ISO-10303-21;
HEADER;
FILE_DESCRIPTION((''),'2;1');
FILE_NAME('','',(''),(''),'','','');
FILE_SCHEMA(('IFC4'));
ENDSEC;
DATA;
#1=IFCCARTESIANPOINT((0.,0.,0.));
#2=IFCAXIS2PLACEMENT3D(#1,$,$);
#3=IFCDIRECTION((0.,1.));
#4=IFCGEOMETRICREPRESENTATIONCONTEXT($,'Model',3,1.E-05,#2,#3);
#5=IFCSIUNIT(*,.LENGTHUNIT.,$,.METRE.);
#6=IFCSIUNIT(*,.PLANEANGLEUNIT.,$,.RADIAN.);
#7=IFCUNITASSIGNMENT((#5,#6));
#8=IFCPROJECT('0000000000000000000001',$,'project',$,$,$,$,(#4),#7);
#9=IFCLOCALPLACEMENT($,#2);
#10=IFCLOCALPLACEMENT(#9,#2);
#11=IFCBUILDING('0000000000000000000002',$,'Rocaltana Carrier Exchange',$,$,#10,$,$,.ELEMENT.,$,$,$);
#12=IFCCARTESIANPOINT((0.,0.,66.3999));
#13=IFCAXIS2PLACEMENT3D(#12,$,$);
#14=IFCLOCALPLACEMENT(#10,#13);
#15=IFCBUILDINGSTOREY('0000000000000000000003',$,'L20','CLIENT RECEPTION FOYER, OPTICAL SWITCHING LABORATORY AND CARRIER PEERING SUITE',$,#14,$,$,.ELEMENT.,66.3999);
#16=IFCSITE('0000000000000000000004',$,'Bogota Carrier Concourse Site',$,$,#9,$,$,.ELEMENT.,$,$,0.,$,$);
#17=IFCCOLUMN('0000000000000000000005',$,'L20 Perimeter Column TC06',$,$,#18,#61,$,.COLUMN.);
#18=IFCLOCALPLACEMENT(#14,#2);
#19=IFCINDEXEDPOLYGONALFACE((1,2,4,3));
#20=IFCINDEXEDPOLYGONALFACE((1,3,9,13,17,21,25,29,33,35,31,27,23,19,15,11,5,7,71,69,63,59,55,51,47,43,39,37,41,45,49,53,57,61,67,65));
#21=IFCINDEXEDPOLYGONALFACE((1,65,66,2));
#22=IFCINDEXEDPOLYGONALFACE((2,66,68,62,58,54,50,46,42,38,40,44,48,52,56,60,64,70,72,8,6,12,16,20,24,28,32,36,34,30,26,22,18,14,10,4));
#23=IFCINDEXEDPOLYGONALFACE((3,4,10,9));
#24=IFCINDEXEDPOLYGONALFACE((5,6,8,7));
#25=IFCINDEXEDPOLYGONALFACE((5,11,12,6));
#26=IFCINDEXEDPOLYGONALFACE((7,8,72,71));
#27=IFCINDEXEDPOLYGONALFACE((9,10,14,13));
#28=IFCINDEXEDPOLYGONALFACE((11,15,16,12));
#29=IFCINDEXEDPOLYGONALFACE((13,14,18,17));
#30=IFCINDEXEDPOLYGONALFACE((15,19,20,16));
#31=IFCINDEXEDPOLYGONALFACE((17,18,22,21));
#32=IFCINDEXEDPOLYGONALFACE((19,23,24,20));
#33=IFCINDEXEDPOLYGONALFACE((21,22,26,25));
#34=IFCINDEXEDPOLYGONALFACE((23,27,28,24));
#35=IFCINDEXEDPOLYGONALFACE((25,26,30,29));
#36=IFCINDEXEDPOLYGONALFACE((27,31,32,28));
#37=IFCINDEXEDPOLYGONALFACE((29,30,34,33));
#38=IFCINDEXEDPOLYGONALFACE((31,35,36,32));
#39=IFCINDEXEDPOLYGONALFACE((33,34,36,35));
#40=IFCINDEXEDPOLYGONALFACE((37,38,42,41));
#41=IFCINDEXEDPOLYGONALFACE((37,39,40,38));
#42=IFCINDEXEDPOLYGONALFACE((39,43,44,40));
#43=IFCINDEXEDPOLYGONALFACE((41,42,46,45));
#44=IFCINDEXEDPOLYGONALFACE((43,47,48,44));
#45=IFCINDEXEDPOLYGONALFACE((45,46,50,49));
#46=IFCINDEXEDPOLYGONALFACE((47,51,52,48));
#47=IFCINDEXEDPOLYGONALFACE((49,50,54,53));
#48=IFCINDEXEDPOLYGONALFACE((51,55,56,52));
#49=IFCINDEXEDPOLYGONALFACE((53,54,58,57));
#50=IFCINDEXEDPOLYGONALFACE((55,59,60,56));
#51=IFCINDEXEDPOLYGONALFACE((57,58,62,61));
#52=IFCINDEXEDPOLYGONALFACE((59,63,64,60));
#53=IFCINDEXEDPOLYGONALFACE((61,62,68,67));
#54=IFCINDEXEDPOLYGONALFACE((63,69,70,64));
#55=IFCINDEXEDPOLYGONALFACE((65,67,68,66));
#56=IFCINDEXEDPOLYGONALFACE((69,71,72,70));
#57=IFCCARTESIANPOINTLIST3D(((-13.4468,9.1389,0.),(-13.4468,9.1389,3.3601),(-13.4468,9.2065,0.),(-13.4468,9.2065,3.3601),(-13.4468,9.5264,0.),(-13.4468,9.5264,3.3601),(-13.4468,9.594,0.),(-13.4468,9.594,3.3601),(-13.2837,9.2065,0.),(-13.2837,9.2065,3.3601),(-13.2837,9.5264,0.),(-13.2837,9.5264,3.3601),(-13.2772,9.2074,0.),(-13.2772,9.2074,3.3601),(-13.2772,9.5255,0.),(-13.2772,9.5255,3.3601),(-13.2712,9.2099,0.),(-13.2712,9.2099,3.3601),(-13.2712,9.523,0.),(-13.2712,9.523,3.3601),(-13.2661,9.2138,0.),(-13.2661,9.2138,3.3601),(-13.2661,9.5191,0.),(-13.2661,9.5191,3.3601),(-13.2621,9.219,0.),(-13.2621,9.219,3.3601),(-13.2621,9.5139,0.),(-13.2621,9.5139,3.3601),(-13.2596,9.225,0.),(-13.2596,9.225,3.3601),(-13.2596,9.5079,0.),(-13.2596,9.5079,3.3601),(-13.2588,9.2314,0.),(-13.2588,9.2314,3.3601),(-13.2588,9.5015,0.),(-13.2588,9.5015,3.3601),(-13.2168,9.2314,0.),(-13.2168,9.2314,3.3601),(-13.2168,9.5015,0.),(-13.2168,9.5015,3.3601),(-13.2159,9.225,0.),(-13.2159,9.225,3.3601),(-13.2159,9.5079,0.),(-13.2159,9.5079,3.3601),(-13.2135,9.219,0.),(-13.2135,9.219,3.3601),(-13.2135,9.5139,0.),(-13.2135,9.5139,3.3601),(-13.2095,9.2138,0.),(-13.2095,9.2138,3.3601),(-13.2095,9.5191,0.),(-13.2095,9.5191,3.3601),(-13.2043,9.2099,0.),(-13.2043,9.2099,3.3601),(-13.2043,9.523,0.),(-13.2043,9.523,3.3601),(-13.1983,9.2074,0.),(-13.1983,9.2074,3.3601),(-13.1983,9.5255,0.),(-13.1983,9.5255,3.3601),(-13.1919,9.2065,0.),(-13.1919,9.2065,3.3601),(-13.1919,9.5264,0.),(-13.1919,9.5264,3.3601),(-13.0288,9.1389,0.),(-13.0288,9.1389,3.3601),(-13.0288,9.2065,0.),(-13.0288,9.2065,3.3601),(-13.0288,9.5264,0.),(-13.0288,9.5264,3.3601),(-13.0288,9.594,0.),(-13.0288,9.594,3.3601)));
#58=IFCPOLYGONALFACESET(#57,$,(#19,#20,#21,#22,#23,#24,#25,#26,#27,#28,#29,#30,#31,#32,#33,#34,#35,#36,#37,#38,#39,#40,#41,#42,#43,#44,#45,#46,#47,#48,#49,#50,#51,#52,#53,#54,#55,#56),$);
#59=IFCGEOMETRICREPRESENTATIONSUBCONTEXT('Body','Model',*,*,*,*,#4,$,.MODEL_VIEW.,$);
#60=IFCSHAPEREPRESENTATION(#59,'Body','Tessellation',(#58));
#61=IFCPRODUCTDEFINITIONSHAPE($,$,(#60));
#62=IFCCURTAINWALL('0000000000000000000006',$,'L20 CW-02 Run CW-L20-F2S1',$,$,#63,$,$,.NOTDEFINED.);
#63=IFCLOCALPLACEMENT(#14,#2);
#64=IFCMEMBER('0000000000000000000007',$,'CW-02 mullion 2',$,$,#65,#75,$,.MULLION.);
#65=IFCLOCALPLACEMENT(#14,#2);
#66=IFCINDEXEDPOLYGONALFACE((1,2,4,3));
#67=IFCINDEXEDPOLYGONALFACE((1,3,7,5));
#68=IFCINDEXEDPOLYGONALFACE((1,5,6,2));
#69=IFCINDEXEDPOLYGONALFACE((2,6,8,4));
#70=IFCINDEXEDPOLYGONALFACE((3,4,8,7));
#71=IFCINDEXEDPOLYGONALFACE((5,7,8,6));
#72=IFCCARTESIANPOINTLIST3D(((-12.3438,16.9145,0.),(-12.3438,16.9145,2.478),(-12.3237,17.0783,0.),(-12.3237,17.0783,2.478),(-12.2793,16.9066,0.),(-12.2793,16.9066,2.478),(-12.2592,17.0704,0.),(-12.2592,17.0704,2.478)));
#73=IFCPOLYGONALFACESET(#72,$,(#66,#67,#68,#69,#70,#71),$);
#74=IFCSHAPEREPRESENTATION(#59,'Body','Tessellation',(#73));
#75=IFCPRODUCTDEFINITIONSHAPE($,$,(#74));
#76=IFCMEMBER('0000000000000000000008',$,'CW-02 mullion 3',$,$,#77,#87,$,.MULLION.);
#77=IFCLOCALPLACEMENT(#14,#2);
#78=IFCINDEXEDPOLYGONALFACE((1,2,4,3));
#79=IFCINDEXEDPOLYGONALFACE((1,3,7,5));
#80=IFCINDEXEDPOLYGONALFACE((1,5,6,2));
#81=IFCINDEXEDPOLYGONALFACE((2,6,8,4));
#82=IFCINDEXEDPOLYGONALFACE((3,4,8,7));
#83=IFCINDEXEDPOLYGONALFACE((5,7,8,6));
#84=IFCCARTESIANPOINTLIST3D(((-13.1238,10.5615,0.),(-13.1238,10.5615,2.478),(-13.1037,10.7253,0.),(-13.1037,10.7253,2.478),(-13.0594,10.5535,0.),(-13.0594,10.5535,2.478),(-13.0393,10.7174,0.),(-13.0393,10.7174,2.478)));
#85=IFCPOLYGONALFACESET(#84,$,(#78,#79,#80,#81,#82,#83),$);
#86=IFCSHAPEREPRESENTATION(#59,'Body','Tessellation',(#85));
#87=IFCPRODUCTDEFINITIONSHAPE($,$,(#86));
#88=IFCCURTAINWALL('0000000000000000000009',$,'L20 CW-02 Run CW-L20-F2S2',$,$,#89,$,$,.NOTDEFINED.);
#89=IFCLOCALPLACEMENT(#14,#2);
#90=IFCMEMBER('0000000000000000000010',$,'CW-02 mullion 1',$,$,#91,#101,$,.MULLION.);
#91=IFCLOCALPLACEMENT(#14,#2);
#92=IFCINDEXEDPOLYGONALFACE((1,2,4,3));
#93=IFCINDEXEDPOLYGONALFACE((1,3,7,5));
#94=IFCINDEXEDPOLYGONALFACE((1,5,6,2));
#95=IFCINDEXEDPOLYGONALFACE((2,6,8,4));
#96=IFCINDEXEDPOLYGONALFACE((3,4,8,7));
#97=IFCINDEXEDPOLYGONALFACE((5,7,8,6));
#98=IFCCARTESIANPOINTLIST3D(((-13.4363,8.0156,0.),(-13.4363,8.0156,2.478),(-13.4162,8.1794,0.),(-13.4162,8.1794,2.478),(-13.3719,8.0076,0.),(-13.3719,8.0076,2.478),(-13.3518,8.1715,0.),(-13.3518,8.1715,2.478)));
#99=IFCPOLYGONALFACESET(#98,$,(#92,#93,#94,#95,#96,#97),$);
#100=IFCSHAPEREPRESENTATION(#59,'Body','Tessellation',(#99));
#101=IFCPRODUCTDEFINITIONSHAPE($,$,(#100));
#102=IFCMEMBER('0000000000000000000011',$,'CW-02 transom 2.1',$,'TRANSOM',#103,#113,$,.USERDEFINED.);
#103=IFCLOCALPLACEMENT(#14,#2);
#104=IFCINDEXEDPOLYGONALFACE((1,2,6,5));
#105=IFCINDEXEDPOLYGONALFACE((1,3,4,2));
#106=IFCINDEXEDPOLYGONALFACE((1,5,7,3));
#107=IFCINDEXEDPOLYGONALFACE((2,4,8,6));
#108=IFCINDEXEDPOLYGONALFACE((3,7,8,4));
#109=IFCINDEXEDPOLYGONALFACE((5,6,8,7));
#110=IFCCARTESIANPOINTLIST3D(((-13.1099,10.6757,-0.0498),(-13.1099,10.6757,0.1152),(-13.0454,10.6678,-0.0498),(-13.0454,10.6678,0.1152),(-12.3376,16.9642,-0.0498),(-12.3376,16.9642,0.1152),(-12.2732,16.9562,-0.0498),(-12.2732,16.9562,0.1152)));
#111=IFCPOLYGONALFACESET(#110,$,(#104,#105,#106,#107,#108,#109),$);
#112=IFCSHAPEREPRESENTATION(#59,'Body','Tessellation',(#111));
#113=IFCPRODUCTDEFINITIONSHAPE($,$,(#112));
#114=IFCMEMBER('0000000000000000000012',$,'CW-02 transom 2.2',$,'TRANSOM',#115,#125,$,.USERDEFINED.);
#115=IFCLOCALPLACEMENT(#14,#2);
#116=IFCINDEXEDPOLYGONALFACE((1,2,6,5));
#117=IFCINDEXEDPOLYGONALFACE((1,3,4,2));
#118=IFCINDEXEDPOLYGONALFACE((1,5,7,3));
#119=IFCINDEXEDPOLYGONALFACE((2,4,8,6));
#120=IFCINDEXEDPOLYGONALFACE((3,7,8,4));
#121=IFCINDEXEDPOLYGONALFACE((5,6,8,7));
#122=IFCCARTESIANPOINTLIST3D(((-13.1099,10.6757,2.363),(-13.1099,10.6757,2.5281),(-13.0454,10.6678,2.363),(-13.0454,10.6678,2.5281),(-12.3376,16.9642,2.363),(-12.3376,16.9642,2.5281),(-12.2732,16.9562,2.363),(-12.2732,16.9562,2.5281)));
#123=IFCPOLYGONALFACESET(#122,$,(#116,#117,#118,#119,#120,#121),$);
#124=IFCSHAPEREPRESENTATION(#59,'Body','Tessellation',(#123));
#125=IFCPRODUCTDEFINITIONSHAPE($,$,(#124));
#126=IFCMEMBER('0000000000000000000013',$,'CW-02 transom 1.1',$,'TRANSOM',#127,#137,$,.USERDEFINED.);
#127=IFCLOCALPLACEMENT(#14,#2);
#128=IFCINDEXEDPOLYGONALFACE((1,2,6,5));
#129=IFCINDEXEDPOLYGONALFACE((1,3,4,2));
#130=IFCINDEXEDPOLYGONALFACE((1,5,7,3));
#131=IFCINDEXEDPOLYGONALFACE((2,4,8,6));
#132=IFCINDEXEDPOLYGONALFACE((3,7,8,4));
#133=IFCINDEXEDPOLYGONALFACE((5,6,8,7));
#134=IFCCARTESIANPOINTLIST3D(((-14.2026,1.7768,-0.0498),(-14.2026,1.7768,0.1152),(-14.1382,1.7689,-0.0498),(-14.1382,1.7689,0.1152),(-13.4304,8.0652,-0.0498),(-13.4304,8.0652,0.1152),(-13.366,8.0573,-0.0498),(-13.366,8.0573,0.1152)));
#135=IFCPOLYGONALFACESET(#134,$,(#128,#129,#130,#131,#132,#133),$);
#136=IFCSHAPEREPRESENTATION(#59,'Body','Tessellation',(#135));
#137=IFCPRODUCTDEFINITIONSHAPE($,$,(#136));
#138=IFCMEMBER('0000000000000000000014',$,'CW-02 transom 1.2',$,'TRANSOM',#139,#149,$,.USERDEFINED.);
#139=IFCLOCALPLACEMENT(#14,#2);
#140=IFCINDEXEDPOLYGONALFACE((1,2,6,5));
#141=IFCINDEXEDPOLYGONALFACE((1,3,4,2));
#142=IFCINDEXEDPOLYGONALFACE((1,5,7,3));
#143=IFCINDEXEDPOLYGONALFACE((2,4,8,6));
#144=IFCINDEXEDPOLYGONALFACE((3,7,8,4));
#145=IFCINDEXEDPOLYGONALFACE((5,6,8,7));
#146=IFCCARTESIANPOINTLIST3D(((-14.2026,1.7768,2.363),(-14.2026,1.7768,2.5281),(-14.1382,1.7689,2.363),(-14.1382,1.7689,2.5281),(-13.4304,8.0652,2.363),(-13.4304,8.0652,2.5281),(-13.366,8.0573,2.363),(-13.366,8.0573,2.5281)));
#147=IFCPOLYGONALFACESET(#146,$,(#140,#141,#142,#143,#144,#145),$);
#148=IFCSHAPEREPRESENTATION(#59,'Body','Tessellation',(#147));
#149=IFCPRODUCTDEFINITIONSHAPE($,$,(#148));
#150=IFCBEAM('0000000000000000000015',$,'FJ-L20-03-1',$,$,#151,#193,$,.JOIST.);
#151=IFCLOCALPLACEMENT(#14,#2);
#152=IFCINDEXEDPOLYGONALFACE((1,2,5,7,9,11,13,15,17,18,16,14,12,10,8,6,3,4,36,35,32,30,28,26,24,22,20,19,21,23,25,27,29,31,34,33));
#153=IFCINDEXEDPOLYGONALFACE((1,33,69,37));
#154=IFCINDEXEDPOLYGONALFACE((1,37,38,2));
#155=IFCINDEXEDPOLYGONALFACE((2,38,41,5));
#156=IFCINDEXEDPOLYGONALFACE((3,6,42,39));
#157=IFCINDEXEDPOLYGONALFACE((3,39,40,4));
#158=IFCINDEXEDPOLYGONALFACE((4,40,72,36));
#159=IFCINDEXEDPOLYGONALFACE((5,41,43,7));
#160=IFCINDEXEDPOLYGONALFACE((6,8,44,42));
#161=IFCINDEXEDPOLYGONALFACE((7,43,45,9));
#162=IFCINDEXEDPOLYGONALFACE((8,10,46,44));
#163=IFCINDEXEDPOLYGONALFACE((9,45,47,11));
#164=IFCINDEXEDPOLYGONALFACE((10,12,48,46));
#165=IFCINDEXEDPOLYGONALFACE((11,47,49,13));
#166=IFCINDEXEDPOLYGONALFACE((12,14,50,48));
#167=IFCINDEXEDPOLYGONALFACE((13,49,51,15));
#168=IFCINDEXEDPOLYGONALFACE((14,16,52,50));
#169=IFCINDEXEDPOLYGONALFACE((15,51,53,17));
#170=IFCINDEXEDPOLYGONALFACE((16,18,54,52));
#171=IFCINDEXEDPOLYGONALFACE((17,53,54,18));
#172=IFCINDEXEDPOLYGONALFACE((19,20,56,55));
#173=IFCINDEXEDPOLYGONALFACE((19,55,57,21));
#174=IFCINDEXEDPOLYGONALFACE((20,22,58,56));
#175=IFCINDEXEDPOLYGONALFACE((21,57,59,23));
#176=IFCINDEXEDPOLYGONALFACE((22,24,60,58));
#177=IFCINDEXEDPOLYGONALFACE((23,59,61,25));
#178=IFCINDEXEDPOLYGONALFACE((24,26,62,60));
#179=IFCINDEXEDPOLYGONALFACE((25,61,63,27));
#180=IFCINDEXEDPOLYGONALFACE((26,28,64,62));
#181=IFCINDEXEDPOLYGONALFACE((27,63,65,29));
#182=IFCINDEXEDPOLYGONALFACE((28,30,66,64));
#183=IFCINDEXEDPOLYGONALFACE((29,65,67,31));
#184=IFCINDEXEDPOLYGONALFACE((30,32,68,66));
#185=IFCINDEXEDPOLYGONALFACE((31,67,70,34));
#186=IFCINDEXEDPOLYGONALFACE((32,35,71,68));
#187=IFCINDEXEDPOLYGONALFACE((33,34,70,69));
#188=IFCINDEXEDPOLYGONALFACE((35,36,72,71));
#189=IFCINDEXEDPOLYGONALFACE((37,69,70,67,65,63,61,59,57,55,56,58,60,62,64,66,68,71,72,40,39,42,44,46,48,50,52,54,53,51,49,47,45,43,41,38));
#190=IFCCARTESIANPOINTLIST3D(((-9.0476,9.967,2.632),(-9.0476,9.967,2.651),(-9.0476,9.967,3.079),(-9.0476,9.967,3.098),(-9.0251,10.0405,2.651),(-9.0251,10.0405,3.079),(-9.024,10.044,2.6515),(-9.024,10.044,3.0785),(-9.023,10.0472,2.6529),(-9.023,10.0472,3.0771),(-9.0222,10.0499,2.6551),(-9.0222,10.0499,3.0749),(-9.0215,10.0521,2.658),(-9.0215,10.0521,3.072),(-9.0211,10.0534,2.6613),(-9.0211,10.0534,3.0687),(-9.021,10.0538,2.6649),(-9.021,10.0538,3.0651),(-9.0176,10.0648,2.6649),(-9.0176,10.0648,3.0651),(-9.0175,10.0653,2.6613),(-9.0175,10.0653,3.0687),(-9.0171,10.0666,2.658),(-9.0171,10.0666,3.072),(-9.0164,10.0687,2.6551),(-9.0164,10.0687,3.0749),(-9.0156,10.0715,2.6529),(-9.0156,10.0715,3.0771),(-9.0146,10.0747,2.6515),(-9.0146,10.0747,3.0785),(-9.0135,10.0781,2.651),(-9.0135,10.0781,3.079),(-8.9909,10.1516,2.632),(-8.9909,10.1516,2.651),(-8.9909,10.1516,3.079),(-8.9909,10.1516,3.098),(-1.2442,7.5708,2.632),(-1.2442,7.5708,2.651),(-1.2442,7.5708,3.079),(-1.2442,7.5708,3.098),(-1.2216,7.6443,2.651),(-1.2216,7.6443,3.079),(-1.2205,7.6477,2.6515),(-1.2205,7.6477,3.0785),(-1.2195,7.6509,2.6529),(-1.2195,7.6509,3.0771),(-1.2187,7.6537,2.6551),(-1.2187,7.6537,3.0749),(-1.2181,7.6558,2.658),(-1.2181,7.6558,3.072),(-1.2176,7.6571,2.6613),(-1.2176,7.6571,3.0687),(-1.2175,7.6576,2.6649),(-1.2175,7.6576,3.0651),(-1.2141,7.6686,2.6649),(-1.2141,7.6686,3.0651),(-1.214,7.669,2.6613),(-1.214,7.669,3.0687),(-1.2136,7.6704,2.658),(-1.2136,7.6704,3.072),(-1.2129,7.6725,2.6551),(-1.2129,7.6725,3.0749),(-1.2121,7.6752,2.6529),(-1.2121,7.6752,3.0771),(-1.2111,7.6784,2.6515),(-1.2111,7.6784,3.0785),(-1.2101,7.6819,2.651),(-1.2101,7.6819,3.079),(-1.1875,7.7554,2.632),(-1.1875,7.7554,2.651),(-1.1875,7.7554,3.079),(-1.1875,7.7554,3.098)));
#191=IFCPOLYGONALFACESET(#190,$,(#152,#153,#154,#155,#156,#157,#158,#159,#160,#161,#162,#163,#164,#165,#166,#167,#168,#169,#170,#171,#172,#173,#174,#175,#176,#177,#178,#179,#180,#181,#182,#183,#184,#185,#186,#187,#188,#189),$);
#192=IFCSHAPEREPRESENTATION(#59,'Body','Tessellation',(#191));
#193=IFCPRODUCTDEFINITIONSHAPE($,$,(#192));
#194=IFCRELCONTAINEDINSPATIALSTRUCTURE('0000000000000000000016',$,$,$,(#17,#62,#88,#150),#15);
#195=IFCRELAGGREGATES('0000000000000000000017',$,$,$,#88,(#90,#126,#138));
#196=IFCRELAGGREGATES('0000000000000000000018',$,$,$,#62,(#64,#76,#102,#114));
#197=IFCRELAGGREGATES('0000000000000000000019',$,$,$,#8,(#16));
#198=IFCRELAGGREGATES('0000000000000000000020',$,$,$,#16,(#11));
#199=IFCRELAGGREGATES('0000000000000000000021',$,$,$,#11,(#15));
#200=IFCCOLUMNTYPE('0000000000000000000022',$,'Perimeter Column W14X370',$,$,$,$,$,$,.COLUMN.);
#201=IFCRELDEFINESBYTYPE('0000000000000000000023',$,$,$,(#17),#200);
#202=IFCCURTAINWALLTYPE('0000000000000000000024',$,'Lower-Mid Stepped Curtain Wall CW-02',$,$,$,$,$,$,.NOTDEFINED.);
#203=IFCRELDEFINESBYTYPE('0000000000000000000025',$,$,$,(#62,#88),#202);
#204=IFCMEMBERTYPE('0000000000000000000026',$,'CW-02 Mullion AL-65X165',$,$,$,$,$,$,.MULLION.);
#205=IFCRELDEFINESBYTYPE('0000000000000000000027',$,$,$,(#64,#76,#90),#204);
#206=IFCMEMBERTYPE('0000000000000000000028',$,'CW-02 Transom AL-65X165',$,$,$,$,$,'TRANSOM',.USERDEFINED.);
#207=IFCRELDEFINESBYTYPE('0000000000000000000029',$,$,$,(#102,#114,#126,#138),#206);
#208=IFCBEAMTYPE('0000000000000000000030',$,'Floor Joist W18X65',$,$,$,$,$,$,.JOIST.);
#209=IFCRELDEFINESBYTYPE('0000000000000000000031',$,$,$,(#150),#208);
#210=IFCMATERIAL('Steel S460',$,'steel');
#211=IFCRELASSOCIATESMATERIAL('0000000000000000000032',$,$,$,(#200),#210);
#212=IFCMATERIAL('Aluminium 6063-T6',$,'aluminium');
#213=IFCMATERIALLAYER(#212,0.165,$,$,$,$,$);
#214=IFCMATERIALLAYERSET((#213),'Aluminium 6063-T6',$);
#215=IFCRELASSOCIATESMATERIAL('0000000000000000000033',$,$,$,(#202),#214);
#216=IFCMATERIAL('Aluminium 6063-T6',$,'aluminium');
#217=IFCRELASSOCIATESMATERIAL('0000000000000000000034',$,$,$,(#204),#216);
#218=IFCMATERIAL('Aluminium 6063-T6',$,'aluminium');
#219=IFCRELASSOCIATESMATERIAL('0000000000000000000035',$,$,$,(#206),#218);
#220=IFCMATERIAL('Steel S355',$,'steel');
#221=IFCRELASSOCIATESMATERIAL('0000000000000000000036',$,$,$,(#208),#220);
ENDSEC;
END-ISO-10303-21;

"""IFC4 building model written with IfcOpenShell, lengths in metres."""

from ifc_helpers import new_model, si_unit, direction, frame, origin, origin_2d, place, context, subcontext, project, spatial, rectangle, i_section, extrude, material, layer, layer_set, material_profile, profile_set, type_object, element, aggregate, save


model = new_model("IFC4")

# Units and contexts
model_context = context("Model", 3, precision=1e-05, world=origin(), true_north=direction((0.0, 1.0)))
body_context = subcontext(model_context, "Body", "Model", "MODEL_VIEW")
ifc_project = project(units=[si_unit("LENGTHUNIT", "METRE"), si_unit("PLANEANGLEUNIT", "RADIAN")], contexts=[model_context])

# Site, building, storey
site_placement = place(None, origin())
site = spatial("IfcSite", under=ifc_project, at=site_placement, Name="Bogota Carrier Concourse Site", CompositionType="ELEMENT", RefElevation=0.0)
building_placement = place(site_placement, origin())
building = spatial("IfcBuilding", under=site, at=building_placement, Name="Rocaltana Carrier Exchange", CompositionType="ELEMENT")
storey_placement = place(building_placement, frame((0.0, 0.0, 66.3999)))
storey = spatial("IfcBuildingStorey", under=building, at=storey_placement, Name="L20", Description="CLIENT RECEPTION FOYER, OPTICAL SWITCHING LABORATORY AND CARRIER PEERING SUITE", CompositionType="ELEMENT", Elevation=66.3999)

# Column
ifc_material_1 = material(Name="Steel S460", Category="steel")
ifc_material_profile_1 = material_profile(ifc_material_1, i_section(OverallWidth=0.418, OverallDepth=0.4551, WebThickness=0.042, FlangeThickness=0.0676, FilletRadius=0.0249, at=origin_2d()), Name="W14X370")
ifc_profile_set_1 = profile_set([ifc_material_profile_1], Name="Steel S460")
column_type = type_object("IfcColumnType", Name="Perimeter Column W14X370", PredefinedType="COLUMN", material=ifc_profile_set_1)
column_placement = place(storey_placement, frame((-13.2378, 9.3665, 0.0), z_axis=(0.0, 0.0, 1.0), x_axis=(1.0, 0.0, 0.0)))
element("IfcColumn", 1, at=column_placement, inside=storey, type_object=column_type, Name="L20 Perimeter Column TC06", PredefinedType="COLUMN", context=body_context, shape_type="SweptSolid", body=[
    extrude(i_section(OverallWidth=0.418, OverallDepth=0.4551, WebThickness=0.042, FlangeThickness=0.0676, FilletRadius=0.0249, at=origin_2d()), origin(), (0.0, 0.0, 1.0), 3.3601),
])

# Curtain wall, members
ifc_material_2 = material(Name="Aluminium 6063-T6", Category="aluminium")
ifc_layer_1 = layer(ifc_material_2, 0.165)
ifc_layer_set_1 = layer_set([ifc_layer_1], Name="Aluminium 6063-T6")
curtain_wall_type = type_object("IfcCurtainWallType", Name="Lower-Mid Stepped Curtain Wall CW-02", PredefinedType="NOTDEFINED", material=ifc_layer_set_1)
curtain_wall_1_placement = place(storey_placement, origin())
curtain_wall_1 = element("IfcCurtainWall", 2, at=curtain_wall_1_placement, inside=storey, type_object=curtain_wall_type, Name="L20 CW-02 Run CW-L20-F2S1", PredefinedType="NOTDEFINED")
ifc_material_3 = material(Name="Aluminium 6063-T6", Category="aluminium")
ifc_material_profile_2 = material_profile(ifc_material_3, rectangle(XDim=0.0649, YDim=0.165, at=origin_2d()), Name="AL-65X165")
ifc_profile_set_2 = profile_set([ifc_material_profile_2], Name="Aluminium 6063-T6")
member_type_1 = type_object("IfcMemberType", Name="CW-02 Mullion AL-65X165", PredefinedType="MULLION", material=ifc_profile_set_2)
member_1_placement = place(storey_placement, frame((-12.3015, 16.9924, 0.0), z_axis=(0.0, 0.0, 1.0), x_axis=(0.992546, -0.121873, 0.0)))
member_1 = element("IfcMember", 3, at=member_1_placement, type_object=member_type_1, Name="CW-02 mullion 2", PredefinedType="MULLION", context=body_context, shape_type="SweptSolid", body=[
    extrude(rectangle(XDim=0.0649, YDim=0.165, at=origin_2d()), origin(), (0.0, 0.0, 1.0), 2.478),
])
member_2_placement = place(storey_placement, frame((-13.0815, 10.6394, 0.0), z_axis=(0.0, 0.0, 1.0), x_axis=(0.992546, -0.121873, 0.0)))
member_2 = element("IfcMember", 4, at=member_2_placement, type_object=member_type_1, Name="CW-02 mullion 3", PredefinedType="MULLION", context=body_context, shape_type="SweptSolid", body=[
    extrude(rectangle(XDim=0.0649, YDim=0.165, at=origin_2d()), origin(), (0.0, 0.0, 1.0), 2.478),
])

# Curtain wall, member
curtain_wall_2_placement = place(storey_placement, origin())
curtain_wall_2 = element("IfcCurtainWall", 5, at=curtain_wall_2_placement, inside=storey, type_object=curtain_wall_type, Name="L20 CW-02 Run CW-L20-F2S2", PredefinedType="NOTDEFINED")
member_3_placement = place(storey_placement, frame((-13.394, 8.0935, 0.0), z_axis=(0.0, 0.0, 1.0), x_axis=(0.992546, -0.121874, 0.0)))
member_3 = element("IfcMember", 6, at=member_3_placement, type_object=member_type_1, Name="CW-02 mullion 1", PredefinedType="MULLION", context=body_context, shape_type="SweptSolid", body=[
    extrude(rectangle(XDim=0.0649, YDim=0.165, at=origin_2d()), origin(), (0.0, 0.0, 1.0), 2.478),
])

# Members
ifc_material_4 = material(Name="Aluminium 6063-T6", Category="aluminium")
ifc_material_profile_3 = material_profile(ifc_material_4, rectangle(XDim=0.0649, YDim=0.165, at=origin_2d()), Name="AL-65X165")
ifc_profile_set_3 = profile_set([ifc_material_profile_3], Name="Aluminium 6063-T6")
member_type_2 = type_object("IfcMemberType", Name="CW-02 Transom AL-65X165", ElementType="TRANSOM", PredefinedType="USERDEFINED", material=ifc_profile_set_3)
member_4_placement = place(storey_placement, frame((-12.3054, 16.9602, 0.0327), z_axis=(-0.121881, -0.992545, 0.0), x_axis=(0.992545, -0.121881, 0.0)))
member_4 = element("IfcMember", 7, at=member_4_placement, type_object=member_type_2, Name="CW-02 transom 2.1", ObjectType="TRANSOM", PredefinedType="USERDEFINED", context=body_context, shape_type="SweptSolid", body=[
    extrude(rectangle(XDim=0.0649, YDim=0.165, at=origin_2d()), origin(), (0.0, 0.0, 1.0), 6.3357),
])
member_5_placement = place(storey_placement, frame((-12.3054, 16.9602, 2.4456), z_axis=(-0.121881, -0.992545, 0.0), x_axis=(0.992545, -0.121881, 0.0)))
member_5 = element("IfcMember", 8, at=member_5_placement, type_object=member_type_2, Name="CW-02 transom 2.2", ObjectType="TRANSOM", PredefinedType="USERDEFINED", context=body_context, shape_type="SweptSolid", body=[
    extrude(rectangle(XDim=0.0649, YDim=0.165, at=origin_2d()), origin(), (0.0, 0.0, 1.0), 6.3357),
])
member_6_placement = place(storey_placement, frame((-13.3982, 8.0613, 0.0327), z_axis=(-0.121881, -0.992545, 0.0), x_axis=(0.992545, -0.121881, 0.0)))
member_6 = element("IfcMember", 9, at=member_6_placement, type_object=member_type_2, Name="CW-02 transom 1.1", ObjectType="TRANSOM", PredefinedType="USERDEFINED", context=body_context, shape_type="SweptSolid", body=[
    extrude(rectangle(XDim=0.0649, YDim=0.165, at=origin_2d()), origin(), (0.0, 0.0, 1.0), 6.3357),
])
member_7_placement = place(storey_placement, frame((-13.3982, 8.0613, 2.4456), z_axis=(-0.121881, -0.992545, 0.0), x_axis=(0.992545, -0.121881, 0.0)))
member_7 = element("IfcMember", 10, at=member_7_placement, type_object=member_type_2, Name="CW-02 transom 1.2", ObjectType="TRANSOM", PredefinedType="USERDEFINED", context=body_context, shape_type="SweptSolid", body=[
    extrude(rectangle(XDim=0.0649, YDim=0.165, at=origin_2d()), origin(), (0.0, 0.0, 1.0), 6.3357),
])
aggregate(curtain_wall_2, [member_3, member_6, member_7])

# Beam
ifc_material_5 = material(Name="Steel S355", Category="steel")
ifc_material_profile_4 = material_profile(ifc_material_5, i_section(OverallWidth=0.1931, OverallDepth=0.4661, WebThickness=0.0115, FlangeThickness=0.019, FilletRadius=0.0139, at=origin_2d()), Name="W18X65")
ifc_profile_set_4 = profile_set([ifc_material_profile_4], Name="Steel S355")
beam_type_1 = type_object("IfcBeamType", Name="Floor Joist W18X65", PredefinedType="JOIST", material=ifc_profile_set_4)
beam_1_placement = place(storey_placement, frame((-1.2158, 7.6631, 2.865), z_axis=(-0.955945, 0.293546, 0.0), x_axis=(-0.293546, -0.955945, 0.0)))
element("IfcBeam", 11, at=beam_1_placement, inside=storey, type_object=beam_type_1, Name="FJ-L20-03-1", PredefinedType="JOIST", context=body_context, shape_type="SweptSolid", body=[
    extrude(i_section(OverallWidth=0.1931, OverallDepth=0.4661, WebThickness=0.0115, FlangeThickness=0.019, FilletRadius=0.0139, at=origin_2d()), origin(), (0.0, 0.0, 1.0), 8.1631),
])

aggregate(curtain_wall_1, [member_1, member_2, member_4, member_5])

save(model, "model.ifc")
